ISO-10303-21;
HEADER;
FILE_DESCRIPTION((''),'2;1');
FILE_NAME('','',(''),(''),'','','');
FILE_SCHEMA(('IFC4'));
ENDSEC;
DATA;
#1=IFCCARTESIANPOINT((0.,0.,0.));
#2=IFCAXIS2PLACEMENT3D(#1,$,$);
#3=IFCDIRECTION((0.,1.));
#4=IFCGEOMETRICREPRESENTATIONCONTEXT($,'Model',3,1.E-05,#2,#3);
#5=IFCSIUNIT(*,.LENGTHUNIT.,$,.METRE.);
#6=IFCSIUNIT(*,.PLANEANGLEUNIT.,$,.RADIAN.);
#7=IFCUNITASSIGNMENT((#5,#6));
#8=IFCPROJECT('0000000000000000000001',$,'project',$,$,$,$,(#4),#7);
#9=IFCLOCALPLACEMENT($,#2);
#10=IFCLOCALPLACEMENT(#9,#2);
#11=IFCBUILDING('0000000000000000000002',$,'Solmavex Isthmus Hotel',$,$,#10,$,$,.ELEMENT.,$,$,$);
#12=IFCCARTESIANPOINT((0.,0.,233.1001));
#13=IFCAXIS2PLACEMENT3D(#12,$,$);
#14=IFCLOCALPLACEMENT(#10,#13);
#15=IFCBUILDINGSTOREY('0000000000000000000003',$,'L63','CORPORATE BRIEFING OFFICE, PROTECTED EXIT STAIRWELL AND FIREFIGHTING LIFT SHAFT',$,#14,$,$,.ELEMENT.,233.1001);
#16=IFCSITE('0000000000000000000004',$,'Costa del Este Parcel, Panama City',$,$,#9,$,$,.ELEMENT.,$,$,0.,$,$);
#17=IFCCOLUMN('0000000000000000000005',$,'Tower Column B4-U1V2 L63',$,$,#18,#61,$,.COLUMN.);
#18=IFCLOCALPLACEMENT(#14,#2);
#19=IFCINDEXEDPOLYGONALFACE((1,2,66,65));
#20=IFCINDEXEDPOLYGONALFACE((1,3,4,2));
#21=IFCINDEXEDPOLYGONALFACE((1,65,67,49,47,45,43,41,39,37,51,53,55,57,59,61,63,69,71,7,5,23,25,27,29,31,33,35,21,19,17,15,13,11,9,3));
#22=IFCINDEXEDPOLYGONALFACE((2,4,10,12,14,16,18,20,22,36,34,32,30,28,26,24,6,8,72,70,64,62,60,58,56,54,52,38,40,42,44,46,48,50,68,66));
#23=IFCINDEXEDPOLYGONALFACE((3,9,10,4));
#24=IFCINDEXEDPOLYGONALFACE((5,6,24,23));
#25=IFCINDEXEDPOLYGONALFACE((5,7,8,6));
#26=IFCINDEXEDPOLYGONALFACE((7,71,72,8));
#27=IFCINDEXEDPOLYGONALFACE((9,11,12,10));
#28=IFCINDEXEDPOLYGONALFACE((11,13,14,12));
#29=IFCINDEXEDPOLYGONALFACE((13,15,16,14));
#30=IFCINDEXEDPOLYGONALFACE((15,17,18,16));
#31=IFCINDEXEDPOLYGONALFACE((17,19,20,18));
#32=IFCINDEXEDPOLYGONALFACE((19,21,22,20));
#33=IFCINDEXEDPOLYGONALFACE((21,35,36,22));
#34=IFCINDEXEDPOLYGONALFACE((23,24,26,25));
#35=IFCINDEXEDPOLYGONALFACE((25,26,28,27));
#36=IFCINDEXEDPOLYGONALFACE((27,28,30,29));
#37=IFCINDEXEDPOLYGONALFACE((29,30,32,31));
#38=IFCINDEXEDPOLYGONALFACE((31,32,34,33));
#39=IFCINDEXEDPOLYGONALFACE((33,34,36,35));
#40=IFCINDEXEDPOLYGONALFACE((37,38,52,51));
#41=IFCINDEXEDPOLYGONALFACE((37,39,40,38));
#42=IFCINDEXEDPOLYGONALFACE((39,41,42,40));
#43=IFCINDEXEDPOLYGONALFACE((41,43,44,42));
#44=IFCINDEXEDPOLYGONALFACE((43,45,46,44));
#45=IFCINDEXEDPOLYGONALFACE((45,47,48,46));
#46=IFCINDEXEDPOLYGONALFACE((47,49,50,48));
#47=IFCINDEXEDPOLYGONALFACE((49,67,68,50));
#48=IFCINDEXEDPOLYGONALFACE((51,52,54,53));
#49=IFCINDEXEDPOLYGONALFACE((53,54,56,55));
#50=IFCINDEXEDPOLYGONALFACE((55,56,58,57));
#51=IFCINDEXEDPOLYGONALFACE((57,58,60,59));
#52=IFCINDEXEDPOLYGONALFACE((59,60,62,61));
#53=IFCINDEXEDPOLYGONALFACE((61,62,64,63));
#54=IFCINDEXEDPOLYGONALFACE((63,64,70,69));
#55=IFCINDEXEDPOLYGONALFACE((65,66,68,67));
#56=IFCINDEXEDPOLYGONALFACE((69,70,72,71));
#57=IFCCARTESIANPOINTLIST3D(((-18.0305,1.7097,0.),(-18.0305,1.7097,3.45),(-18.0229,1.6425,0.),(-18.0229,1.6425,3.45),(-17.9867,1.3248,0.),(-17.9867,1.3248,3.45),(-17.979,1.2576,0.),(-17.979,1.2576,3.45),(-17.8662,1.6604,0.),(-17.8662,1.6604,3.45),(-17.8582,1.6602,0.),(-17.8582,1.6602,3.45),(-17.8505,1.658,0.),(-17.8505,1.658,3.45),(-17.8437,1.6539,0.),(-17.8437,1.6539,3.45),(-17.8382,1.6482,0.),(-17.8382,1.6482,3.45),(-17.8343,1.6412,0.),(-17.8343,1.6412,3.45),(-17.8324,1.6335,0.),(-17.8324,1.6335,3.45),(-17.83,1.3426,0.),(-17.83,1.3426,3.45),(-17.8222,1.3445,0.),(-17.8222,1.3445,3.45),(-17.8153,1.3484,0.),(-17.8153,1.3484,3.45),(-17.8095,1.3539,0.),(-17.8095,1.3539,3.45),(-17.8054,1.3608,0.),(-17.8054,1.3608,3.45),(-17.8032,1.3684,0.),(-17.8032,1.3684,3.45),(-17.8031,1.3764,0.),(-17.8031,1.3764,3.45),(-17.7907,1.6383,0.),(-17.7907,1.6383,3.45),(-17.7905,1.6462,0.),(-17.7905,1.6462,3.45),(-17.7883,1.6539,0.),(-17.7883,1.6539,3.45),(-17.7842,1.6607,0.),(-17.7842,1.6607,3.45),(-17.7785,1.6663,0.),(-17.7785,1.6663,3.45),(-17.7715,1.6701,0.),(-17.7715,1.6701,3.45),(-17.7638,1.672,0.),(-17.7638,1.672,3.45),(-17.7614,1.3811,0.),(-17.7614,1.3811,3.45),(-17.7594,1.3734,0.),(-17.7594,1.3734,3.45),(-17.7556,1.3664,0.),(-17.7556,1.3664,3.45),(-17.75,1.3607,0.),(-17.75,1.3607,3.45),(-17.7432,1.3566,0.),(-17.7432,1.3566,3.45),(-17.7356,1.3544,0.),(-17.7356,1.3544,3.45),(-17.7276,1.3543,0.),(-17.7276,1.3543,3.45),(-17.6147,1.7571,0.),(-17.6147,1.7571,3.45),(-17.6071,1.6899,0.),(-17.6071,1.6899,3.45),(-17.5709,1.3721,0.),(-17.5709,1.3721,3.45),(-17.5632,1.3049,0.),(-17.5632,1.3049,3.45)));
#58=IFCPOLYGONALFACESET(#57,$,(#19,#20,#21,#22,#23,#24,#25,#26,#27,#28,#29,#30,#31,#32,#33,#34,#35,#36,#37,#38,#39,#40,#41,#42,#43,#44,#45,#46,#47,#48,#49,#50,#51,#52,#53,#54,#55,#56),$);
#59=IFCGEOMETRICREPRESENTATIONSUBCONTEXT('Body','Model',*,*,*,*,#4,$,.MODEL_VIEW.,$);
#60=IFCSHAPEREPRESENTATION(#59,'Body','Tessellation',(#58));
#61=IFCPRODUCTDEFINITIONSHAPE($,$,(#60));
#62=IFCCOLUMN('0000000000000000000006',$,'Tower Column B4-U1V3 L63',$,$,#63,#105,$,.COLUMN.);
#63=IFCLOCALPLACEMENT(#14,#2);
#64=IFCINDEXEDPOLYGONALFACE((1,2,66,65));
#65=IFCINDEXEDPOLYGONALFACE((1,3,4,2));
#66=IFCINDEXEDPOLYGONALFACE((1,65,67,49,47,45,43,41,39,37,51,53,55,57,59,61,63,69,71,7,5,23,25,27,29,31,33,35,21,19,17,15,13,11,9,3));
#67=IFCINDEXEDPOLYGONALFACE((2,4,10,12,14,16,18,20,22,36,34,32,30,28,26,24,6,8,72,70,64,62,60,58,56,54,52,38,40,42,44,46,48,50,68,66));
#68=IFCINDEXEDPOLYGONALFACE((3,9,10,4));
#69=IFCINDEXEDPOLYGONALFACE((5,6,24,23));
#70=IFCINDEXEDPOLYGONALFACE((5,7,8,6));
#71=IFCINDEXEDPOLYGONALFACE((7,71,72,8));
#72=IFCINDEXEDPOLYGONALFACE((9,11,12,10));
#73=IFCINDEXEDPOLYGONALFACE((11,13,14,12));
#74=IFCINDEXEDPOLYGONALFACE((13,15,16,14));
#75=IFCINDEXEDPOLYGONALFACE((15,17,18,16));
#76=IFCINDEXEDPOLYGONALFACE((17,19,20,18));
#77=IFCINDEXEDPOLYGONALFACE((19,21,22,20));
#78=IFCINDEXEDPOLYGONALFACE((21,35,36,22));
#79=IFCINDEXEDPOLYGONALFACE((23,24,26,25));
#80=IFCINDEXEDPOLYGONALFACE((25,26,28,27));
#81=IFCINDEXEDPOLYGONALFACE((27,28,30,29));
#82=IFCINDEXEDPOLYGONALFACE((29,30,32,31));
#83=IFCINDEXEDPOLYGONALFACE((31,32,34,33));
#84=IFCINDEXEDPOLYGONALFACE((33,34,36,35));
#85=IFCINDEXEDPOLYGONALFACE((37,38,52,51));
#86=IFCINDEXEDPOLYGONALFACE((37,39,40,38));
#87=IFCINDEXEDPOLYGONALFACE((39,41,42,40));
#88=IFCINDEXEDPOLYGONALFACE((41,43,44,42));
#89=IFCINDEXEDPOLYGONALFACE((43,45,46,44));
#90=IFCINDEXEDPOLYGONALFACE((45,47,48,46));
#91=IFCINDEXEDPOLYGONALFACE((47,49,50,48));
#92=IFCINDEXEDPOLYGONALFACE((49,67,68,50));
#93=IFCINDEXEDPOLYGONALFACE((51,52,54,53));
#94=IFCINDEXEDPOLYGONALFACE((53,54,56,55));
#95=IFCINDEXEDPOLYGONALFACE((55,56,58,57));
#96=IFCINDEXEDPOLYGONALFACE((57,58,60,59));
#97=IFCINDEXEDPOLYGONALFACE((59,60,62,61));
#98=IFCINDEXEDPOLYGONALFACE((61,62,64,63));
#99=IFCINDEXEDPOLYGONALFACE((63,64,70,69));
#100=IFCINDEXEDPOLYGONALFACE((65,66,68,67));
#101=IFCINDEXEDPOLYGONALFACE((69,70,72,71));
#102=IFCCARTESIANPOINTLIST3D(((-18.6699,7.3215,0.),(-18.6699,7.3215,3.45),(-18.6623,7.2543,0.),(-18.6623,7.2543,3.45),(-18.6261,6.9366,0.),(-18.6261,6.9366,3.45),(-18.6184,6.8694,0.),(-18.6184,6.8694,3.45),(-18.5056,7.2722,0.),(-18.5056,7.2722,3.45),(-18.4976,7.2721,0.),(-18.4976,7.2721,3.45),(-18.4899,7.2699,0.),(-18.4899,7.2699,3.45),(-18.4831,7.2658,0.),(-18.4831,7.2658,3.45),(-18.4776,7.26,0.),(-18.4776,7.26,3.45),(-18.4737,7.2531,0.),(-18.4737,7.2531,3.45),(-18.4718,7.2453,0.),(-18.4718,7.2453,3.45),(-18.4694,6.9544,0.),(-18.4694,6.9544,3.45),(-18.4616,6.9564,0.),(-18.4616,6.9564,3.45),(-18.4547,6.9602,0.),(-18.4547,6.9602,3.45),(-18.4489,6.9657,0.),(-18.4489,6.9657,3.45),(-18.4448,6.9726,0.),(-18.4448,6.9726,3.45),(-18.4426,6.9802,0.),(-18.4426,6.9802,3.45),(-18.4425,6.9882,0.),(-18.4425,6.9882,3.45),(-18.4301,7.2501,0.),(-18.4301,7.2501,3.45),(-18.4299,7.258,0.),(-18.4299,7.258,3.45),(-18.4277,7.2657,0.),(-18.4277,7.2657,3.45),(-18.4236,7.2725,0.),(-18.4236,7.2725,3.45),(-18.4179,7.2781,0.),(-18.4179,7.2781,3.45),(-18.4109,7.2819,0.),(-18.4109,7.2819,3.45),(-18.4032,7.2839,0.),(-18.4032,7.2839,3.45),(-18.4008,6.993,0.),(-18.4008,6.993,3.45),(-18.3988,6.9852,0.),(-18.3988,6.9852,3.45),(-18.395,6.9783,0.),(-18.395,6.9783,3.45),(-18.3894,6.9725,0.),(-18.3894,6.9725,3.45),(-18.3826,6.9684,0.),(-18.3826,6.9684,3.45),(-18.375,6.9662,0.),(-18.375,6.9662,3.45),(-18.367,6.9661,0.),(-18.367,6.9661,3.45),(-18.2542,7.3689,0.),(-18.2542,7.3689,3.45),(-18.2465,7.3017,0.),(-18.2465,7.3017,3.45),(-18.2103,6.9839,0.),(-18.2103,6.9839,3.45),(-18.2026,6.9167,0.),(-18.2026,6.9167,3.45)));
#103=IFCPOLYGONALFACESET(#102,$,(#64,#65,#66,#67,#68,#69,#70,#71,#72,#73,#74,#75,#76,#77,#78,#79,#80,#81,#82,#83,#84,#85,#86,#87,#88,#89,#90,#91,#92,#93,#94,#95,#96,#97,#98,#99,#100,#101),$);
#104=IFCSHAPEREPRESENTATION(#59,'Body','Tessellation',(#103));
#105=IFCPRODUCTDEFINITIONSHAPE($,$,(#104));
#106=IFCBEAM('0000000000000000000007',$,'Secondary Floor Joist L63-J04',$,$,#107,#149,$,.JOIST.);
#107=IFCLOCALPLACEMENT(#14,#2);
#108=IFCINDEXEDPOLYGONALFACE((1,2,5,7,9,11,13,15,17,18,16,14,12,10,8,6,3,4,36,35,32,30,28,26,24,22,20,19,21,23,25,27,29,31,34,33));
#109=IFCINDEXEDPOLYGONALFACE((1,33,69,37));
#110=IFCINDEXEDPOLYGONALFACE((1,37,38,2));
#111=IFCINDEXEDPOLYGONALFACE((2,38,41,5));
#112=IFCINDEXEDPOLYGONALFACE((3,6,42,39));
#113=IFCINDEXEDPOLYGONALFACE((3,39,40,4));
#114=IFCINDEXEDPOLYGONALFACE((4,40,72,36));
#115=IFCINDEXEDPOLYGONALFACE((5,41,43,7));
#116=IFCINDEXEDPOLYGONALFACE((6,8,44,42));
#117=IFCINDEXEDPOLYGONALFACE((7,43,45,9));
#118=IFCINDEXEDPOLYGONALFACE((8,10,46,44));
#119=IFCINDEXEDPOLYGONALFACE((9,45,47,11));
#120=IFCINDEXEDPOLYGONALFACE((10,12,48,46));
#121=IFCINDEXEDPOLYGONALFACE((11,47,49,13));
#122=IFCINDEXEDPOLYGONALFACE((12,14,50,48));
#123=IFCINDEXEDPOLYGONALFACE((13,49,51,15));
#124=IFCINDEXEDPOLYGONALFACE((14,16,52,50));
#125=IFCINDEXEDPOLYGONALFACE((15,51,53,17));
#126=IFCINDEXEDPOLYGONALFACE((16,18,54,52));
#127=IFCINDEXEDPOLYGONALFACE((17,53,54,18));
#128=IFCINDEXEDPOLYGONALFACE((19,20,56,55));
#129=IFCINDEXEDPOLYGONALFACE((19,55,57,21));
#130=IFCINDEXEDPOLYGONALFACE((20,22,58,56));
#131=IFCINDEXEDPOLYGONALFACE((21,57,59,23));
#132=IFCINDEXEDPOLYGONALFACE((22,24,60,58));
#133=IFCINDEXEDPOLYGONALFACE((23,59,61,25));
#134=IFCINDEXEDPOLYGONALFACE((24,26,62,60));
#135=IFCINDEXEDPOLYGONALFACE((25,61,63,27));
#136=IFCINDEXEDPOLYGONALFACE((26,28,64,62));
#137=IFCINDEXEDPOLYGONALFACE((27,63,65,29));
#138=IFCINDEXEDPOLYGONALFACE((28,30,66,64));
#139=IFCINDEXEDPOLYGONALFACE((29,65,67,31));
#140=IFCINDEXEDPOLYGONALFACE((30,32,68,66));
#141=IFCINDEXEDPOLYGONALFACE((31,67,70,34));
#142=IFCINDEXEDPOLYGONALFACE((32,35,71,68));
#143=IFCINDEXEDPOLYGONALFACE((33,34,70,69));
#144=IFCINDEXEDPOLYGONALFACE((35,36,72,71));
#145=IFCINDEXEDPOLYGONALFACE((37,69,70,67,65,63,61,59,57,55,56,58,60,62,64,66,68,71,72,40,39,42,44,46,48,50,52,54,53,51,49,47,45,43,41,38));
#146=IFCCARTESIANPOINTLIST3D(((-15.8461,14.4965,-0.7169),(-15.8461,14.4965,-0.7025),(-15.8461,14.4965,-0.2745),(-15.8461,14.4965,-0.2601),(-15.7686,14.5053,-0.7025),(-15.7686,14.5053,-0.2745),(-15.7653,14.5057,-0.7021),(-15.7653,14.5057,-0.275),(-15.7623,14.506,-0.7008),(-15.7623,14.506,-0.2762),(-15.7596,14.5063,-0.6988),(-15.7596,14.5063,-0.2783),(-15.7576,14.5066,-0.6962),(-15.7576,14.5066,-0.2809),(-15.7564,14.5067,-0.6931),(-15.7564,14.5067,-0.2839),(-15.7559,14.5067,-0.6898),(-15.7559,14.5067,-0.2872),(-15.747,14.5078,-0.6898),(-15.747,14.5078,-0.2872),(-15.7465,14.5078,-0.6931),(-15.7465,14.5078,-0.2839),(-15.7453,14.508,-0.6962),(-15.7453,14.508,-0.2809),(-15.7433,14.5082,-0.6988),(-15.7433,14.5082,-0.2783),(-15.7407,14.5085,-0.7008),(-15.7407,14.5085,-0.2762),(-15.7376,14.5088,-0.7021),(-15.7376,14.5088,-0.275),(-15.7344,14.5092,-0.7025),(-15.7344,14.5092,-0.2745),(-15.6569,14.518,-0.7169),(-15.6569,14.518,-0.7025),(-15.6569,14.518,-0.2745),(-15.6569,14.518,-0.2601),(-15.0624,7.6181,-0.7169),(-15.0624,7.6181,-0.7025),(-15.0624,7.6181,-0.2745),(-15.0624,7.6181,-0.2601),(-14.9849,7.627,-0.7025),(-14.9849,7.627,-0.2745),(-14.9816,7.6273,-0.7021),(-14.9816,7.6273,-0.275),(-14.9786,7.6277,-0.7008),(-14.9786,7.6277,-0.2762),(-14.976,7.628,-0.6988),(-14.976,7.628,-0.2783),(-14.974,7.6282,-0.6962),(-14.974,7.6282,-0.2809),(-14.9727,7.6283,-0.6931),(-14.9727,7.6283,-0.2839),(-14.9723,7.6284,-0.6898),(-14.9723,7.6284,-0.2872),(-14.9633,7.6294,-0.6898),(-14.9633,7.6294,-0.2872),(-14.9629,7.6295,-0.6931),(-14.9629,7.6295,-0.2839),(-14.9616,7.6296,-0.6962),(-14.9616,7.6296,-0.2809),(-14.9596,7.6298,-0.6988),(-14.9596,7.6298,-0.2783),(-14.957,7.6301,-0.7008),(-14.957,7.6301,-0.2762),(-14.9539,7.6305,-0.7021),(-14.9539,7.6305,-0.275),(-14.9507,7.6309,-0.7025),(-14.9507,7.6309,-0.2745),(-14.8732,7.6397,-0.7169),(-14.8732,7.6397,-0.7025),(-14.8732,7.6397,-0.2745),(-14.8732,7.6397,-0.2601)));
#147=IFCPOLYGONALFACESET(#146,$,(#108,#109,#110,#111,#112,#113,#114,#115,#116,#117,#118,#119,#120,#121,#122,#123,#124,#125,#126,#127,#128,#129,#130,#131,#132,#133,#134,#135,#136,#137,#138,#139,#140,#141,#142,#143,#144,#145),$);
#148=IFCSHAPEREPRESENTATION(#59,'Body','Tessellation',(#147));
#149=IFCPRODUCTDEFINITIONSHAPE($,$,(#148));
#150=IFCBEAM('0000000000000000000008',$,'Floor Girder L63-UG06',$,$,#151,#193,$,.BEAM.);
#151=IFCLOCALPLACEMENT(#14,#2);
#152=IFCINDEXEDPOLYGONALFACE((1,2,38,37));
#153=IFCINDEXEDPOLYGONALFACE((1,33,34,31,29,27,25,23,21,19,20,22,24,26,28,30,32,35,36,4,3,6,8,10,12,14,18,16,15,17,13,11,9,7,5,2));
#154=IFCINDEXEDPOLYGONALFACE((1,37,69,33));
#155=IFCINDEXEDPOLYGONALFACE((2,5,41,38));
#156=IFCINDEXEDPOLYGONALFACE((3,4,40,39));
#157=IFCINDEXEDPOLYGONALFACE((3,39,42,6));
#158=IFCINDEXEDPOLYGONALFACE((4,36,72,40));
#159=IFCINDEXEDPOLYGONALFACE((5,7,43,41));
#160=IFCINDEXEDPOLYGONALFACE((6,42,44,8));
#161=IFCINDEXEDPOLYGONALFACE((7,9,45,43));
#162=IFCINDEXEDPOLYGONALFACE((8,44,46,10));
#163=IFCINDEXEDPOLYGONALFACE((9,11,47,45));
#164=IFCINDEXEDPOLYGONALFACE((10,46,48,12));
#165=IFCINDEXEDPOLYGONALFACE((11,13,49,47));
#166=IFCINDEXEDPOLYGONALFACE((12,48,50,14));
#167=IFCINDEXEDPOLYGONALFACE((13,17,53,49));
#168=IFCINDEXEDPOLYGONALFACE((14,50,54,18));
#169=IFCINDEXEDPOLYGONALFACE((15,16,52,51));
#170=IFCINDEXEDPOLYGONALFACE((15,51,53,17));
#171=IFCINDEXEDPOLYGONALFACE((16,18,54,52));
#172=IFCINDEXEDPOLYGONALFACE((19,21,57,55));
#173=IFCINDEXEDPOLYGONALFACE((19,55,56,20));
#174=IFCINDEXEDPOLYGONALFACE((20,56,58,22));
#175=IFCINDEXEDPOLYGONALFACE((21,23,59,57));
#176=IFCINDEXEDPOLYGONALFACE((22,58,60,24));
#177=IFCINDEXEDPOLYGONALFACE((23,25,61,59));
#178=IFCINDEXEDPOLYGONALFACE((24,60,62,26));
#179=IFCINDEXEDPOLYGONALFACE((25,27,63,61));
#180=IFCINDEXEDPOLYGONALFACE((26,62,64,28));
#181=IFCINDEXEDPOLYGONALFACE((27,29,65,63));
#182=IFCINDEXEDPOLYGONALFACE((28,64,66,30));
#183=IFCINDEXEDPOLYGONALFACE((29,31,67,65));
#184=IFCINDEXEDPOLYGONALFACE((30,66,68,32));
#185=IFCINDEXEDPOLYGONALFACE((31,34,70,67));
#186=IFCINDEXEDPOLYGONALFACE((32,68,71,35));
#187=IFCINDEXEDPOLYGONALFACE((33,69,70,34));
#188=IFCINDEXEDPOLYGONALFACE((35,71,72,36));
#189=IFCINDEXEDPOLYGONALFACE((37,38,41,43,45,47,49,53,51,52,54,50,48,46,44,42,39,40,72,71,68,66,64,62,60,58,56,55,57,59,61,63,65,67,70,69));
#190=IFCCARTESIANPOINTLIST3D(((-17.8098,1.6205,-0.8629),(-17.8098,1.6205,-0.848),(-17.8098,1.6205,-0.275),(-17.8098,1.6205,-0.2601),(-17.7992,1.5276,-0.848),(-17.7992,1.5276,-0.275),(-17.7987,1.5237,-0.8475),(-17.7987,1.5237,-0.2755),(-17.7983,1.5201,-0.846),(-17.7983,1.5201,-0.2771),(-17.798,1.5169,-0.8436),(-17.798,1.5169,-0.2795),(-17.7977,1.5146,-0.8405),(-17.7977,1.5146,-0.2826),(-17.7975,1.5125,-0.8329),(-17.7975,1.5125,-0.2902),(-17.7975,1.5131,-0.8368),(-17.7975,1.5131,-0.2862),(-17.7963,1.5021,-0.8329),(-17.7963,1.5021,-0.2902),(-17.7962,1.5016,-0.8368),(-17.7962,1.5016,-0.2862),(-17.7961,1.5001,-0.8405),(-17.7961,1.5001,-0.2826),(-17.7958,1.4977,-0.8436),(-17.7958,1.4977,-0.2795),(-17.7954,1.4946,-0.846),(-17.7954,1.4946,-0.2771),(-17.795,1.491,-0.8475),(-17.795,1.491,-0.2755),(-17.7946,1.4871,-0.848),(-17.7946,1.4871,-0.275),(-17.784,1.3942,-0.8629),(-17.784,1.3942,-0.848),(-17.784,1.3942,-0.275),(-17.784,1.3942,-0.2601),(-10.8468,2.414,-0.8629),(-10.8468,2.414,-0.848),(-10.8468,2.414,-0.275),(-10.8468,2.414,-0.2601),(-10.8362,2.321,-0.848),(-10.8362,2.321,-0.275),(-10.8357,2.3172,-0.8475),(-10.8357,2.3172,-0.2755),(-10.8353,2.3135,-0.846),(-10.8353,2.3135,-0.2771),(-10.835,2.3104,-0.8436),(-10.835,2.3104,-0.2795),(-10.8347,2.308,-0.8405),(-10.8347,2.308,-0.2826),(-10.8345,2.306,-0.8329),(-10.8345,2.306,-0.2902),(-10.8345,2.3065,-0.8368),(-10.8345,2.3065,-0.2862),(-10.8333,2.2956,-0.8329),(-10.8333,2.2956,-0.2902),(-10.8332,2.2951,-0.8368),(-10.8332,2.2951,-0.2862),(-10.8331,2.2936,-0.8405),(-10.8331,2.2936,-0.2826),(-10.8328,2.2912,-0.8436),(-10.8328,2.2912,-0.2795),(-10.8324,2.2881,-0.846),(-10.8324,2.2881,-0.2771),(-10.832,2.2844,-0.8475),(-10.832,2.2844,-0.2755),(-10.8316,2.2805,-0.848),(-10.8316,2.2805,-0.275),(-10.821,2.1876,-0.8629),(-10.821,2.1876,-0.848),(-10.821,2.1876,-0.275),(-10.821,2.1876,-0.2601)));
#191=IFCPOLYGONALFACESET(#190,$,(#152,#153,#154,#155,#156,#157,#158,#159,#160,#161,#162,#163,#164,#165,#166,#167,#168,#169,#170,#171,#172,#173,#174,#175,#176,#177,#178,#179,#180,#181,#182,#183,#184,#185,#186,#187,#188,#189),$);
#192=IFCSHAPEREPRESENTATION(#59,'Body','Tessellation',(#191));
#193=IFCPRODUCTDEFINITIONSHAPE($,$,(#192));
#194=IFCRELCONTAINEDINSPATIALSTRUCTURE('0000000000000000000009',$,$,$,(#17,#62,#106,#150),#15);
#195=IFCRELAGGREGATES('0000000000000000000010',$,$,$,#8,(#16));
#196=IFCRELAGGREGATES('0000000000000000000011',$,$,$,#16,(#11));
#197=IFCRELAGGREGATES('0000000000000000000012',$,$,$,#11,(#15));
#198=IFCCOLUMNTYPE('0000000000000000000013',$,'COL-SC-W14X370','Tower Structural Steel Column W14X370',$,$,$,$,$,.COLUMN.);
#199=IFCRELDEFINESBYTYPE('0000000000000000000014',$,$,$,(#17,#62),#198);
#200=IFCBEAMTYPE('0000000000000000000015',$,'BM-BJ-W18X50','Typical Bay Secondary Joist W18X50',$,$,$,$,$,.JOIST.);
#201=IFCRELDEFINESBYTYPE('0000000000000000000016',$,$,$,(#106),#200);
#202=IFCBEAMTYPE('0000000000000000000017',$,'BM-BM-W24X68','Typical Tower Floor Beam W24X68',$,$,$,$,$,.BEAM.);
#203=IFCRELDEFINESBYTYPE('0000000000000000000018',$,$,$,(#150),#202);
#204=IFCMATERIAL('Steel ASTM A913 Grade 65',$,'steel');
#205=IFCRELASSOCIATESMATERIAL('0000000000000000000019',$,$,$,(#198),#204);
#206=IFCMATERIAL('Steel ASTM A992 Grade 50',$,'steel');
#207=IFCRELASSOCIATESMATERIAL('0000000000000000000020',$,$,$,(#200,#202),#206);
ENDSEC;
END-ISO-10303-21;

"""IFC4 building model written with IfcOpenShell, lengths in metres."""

from ifc_helpers import new_model, si_unit, direction, frame, origin, origin_2d, place, context, subcontext, project, spatial, i_section, extrude, material, material_profile, profile_set, type_object, element, save


model = new_model("IFC4")

# Units and contexts
model_context = context("Model", 3, precision=1e-05, world=origin(), true_north=direction((0.0, 1.0)))
body_context = subcontext(model_context, "Body", "Model", "MODEL_VIEW")
ifc_project = project(units=[si_unit("LENGTHUNIT", "METRE"), si_unit("PLANEANGLEUNIT", "RADIAN")], contexts=[model_context])

# Site, building, storey
site_placement = place(None, origin())
site = spatial("IfcSite", under=ifc_project, at=site_placement, Name="Costa del Este Parcel, Panama City", CompositionType="ELEMENT", RefElevation=0.0)
building_placement = place(site_placement, origin())
building = spatial("IfcBuilding", under=site, at=building_placement, Name="Solmavex Isthmus Hotel", CompositionType="ELEMENT")
storey_placement = place(building_placement, frame((0.0, 0.0, 233.1001)))
storey = spatial("IfcBuildingStorey", under=building, at=storey_placement, Name="L63", Description="CORPORATE BRIEFING OFFICE, PROTECTED EXIT STAIRWELL AND FIREFIGHTING LIFT SHAFT", CompositionType="ELEMENT", Elevation=233.1001)

# Columns
ifc_material_1 = material(Name="Steel ASTM A913 Grade 65", Category="steel")
ifc_material_profile_1 = material_profile(ifc_material_1, i_section(OverallWidth=0.4185, OverallDepth=0.4551, WebThickness=0.042, FlangeThickness=0.0676, FilletRadius=0.0305, at=origin_2d()), Name="W14X370")
ifc_profile_set_1 = profile_set([ifc_material_profile_1], Name="Steel ASTM A913 Grade 65")
column_type = type_object("IfcColumnType", Name="COL-SC-W14X370", Description="Tower Structural Steel Column W14X370", PredefinedType="COLUMN", material=ifc_profile_set_1)
for number, where, z_axis, x_axis, name in (
    (1, (-17.7969, 1.5073, 0.0), (0.0, 0.0, 1.0), (0.993572, 0.113203, 0.0), "Tower Column B4-U1V2 L63"),
    (2, (-18.4363, 7.1191, 0.0), (0.0, 0.0, 1.0), (0.993572, 0.113203, 0.0), "Tower Column B4-U1V3 L63"),
):
    element("IfcColumn", number, at=place(storey_placement, frame(where, z_axis=z_axis, x_axis=x_axis)), inside=storey, type_object=column_type, Name=name, PredefinedType="COLUMN", context=body_context, shape_type="SweptSolid", body=[
        extrude(i_section(OverallWidth=0.4185, OverallDepth=0.4551, WebThickness=0.042, FlangeThickness=0.0676, FilletRadius=0.0305, at=origin_2d()), origin(), (0.0, 0.0, 1.0), 3.45),
    ])

# Beams
ifc_material_2 = material(Name="Steel ASTM A992 Grade 50", Category="steel")
ifc_material_profile_2 = material_profile(ifc_material_2, i_section(OverallWidth=0.1904, OverallDepth=0.4568, WebThickness=0.009, FlangeThickness=0.0144, FilletRadius=0.0127, at=origin_2d()), Name="W18X50")
ifc_profile_set_2 = profile_set([ifc_material_profile_2], Name="Steel ASTM A992 Grade 50")
beam_type_1 = type_object("IfcBeamType", Name="BM-BJ-W18X50", Description="Typical Bay Secondary Joist W18X50", PredefinedType="JOIST", material=ifc_profile_set_2)
beam_1_placement = place(storey_placement, frame((-14.9678, 7.6289, -0.4885), z_axis=(-0.113202, 0.993572, 0.0), x_axis=(-0.993572, -0.113202, 0.0)))
element("IfcBeam", 3, at=beam_1_placement, inside=storey, type_object=beam_type_1, Name="Secondary Floor Joist L63-J04", PredefinedType="JOIST", context=body_context, shape_type="SweptSolid", body=[
    extrude(i_section(OverallWidth=0.1904, OverallDepth=0.4568, WebThickness=0.009, FlangeThickness=0.0144, FilletRadius=0.0127, at=origin_2d()), origin(), (0.0, 0.0, 1.0), 6.9229),
])
ifc_material_profile_3 = material_profile(ifc_material_2, i_section(OverallWidth=0.2278, OverallDepth=0.6028, WebThickness=0.0105, FlangeThickness=0.0149, FilletRadius=0.0151, at=origin_2d()), Name="W24X68")
ifc_profile_set_3 = profile_set([ifc_material_profile_3], Name="Steel ASTM A992 Grade 50")
beam_type_2 = type_object("IfcBeamType", Name="BM-BM-W24X68", Description="Typical Tower Floor Beam W24X68", PredefinedType="BEAM", material=ifc_profile_set_3)
beam_2_placement = place(storey_placement, frame((-17.7969, 1.5073, -0.5615), z_axis=(0.99357, 0.113222, 0.0), x_axis=(-0.113222, 0.99357, 0.0)))
element("IfcBeam", 4, at=beam_2_placement, inside=storey, type_object=beam_type_2, Name="Floor Girder L63-UG06", PredefinedType="BEAM", context=body_context, shape_type="SweptSolid", body=[
    extrude(i_section(OverallWidth=0.2278, OverallDepth=0.6028, WebThickness=0.0105, FlangeThickness=0.0149, FilletRadius=0.0151, at=origin_2d()), origin(), (0.0, 0.0, 1.0), 7.0081),
])

save(model, "model.ifc")
